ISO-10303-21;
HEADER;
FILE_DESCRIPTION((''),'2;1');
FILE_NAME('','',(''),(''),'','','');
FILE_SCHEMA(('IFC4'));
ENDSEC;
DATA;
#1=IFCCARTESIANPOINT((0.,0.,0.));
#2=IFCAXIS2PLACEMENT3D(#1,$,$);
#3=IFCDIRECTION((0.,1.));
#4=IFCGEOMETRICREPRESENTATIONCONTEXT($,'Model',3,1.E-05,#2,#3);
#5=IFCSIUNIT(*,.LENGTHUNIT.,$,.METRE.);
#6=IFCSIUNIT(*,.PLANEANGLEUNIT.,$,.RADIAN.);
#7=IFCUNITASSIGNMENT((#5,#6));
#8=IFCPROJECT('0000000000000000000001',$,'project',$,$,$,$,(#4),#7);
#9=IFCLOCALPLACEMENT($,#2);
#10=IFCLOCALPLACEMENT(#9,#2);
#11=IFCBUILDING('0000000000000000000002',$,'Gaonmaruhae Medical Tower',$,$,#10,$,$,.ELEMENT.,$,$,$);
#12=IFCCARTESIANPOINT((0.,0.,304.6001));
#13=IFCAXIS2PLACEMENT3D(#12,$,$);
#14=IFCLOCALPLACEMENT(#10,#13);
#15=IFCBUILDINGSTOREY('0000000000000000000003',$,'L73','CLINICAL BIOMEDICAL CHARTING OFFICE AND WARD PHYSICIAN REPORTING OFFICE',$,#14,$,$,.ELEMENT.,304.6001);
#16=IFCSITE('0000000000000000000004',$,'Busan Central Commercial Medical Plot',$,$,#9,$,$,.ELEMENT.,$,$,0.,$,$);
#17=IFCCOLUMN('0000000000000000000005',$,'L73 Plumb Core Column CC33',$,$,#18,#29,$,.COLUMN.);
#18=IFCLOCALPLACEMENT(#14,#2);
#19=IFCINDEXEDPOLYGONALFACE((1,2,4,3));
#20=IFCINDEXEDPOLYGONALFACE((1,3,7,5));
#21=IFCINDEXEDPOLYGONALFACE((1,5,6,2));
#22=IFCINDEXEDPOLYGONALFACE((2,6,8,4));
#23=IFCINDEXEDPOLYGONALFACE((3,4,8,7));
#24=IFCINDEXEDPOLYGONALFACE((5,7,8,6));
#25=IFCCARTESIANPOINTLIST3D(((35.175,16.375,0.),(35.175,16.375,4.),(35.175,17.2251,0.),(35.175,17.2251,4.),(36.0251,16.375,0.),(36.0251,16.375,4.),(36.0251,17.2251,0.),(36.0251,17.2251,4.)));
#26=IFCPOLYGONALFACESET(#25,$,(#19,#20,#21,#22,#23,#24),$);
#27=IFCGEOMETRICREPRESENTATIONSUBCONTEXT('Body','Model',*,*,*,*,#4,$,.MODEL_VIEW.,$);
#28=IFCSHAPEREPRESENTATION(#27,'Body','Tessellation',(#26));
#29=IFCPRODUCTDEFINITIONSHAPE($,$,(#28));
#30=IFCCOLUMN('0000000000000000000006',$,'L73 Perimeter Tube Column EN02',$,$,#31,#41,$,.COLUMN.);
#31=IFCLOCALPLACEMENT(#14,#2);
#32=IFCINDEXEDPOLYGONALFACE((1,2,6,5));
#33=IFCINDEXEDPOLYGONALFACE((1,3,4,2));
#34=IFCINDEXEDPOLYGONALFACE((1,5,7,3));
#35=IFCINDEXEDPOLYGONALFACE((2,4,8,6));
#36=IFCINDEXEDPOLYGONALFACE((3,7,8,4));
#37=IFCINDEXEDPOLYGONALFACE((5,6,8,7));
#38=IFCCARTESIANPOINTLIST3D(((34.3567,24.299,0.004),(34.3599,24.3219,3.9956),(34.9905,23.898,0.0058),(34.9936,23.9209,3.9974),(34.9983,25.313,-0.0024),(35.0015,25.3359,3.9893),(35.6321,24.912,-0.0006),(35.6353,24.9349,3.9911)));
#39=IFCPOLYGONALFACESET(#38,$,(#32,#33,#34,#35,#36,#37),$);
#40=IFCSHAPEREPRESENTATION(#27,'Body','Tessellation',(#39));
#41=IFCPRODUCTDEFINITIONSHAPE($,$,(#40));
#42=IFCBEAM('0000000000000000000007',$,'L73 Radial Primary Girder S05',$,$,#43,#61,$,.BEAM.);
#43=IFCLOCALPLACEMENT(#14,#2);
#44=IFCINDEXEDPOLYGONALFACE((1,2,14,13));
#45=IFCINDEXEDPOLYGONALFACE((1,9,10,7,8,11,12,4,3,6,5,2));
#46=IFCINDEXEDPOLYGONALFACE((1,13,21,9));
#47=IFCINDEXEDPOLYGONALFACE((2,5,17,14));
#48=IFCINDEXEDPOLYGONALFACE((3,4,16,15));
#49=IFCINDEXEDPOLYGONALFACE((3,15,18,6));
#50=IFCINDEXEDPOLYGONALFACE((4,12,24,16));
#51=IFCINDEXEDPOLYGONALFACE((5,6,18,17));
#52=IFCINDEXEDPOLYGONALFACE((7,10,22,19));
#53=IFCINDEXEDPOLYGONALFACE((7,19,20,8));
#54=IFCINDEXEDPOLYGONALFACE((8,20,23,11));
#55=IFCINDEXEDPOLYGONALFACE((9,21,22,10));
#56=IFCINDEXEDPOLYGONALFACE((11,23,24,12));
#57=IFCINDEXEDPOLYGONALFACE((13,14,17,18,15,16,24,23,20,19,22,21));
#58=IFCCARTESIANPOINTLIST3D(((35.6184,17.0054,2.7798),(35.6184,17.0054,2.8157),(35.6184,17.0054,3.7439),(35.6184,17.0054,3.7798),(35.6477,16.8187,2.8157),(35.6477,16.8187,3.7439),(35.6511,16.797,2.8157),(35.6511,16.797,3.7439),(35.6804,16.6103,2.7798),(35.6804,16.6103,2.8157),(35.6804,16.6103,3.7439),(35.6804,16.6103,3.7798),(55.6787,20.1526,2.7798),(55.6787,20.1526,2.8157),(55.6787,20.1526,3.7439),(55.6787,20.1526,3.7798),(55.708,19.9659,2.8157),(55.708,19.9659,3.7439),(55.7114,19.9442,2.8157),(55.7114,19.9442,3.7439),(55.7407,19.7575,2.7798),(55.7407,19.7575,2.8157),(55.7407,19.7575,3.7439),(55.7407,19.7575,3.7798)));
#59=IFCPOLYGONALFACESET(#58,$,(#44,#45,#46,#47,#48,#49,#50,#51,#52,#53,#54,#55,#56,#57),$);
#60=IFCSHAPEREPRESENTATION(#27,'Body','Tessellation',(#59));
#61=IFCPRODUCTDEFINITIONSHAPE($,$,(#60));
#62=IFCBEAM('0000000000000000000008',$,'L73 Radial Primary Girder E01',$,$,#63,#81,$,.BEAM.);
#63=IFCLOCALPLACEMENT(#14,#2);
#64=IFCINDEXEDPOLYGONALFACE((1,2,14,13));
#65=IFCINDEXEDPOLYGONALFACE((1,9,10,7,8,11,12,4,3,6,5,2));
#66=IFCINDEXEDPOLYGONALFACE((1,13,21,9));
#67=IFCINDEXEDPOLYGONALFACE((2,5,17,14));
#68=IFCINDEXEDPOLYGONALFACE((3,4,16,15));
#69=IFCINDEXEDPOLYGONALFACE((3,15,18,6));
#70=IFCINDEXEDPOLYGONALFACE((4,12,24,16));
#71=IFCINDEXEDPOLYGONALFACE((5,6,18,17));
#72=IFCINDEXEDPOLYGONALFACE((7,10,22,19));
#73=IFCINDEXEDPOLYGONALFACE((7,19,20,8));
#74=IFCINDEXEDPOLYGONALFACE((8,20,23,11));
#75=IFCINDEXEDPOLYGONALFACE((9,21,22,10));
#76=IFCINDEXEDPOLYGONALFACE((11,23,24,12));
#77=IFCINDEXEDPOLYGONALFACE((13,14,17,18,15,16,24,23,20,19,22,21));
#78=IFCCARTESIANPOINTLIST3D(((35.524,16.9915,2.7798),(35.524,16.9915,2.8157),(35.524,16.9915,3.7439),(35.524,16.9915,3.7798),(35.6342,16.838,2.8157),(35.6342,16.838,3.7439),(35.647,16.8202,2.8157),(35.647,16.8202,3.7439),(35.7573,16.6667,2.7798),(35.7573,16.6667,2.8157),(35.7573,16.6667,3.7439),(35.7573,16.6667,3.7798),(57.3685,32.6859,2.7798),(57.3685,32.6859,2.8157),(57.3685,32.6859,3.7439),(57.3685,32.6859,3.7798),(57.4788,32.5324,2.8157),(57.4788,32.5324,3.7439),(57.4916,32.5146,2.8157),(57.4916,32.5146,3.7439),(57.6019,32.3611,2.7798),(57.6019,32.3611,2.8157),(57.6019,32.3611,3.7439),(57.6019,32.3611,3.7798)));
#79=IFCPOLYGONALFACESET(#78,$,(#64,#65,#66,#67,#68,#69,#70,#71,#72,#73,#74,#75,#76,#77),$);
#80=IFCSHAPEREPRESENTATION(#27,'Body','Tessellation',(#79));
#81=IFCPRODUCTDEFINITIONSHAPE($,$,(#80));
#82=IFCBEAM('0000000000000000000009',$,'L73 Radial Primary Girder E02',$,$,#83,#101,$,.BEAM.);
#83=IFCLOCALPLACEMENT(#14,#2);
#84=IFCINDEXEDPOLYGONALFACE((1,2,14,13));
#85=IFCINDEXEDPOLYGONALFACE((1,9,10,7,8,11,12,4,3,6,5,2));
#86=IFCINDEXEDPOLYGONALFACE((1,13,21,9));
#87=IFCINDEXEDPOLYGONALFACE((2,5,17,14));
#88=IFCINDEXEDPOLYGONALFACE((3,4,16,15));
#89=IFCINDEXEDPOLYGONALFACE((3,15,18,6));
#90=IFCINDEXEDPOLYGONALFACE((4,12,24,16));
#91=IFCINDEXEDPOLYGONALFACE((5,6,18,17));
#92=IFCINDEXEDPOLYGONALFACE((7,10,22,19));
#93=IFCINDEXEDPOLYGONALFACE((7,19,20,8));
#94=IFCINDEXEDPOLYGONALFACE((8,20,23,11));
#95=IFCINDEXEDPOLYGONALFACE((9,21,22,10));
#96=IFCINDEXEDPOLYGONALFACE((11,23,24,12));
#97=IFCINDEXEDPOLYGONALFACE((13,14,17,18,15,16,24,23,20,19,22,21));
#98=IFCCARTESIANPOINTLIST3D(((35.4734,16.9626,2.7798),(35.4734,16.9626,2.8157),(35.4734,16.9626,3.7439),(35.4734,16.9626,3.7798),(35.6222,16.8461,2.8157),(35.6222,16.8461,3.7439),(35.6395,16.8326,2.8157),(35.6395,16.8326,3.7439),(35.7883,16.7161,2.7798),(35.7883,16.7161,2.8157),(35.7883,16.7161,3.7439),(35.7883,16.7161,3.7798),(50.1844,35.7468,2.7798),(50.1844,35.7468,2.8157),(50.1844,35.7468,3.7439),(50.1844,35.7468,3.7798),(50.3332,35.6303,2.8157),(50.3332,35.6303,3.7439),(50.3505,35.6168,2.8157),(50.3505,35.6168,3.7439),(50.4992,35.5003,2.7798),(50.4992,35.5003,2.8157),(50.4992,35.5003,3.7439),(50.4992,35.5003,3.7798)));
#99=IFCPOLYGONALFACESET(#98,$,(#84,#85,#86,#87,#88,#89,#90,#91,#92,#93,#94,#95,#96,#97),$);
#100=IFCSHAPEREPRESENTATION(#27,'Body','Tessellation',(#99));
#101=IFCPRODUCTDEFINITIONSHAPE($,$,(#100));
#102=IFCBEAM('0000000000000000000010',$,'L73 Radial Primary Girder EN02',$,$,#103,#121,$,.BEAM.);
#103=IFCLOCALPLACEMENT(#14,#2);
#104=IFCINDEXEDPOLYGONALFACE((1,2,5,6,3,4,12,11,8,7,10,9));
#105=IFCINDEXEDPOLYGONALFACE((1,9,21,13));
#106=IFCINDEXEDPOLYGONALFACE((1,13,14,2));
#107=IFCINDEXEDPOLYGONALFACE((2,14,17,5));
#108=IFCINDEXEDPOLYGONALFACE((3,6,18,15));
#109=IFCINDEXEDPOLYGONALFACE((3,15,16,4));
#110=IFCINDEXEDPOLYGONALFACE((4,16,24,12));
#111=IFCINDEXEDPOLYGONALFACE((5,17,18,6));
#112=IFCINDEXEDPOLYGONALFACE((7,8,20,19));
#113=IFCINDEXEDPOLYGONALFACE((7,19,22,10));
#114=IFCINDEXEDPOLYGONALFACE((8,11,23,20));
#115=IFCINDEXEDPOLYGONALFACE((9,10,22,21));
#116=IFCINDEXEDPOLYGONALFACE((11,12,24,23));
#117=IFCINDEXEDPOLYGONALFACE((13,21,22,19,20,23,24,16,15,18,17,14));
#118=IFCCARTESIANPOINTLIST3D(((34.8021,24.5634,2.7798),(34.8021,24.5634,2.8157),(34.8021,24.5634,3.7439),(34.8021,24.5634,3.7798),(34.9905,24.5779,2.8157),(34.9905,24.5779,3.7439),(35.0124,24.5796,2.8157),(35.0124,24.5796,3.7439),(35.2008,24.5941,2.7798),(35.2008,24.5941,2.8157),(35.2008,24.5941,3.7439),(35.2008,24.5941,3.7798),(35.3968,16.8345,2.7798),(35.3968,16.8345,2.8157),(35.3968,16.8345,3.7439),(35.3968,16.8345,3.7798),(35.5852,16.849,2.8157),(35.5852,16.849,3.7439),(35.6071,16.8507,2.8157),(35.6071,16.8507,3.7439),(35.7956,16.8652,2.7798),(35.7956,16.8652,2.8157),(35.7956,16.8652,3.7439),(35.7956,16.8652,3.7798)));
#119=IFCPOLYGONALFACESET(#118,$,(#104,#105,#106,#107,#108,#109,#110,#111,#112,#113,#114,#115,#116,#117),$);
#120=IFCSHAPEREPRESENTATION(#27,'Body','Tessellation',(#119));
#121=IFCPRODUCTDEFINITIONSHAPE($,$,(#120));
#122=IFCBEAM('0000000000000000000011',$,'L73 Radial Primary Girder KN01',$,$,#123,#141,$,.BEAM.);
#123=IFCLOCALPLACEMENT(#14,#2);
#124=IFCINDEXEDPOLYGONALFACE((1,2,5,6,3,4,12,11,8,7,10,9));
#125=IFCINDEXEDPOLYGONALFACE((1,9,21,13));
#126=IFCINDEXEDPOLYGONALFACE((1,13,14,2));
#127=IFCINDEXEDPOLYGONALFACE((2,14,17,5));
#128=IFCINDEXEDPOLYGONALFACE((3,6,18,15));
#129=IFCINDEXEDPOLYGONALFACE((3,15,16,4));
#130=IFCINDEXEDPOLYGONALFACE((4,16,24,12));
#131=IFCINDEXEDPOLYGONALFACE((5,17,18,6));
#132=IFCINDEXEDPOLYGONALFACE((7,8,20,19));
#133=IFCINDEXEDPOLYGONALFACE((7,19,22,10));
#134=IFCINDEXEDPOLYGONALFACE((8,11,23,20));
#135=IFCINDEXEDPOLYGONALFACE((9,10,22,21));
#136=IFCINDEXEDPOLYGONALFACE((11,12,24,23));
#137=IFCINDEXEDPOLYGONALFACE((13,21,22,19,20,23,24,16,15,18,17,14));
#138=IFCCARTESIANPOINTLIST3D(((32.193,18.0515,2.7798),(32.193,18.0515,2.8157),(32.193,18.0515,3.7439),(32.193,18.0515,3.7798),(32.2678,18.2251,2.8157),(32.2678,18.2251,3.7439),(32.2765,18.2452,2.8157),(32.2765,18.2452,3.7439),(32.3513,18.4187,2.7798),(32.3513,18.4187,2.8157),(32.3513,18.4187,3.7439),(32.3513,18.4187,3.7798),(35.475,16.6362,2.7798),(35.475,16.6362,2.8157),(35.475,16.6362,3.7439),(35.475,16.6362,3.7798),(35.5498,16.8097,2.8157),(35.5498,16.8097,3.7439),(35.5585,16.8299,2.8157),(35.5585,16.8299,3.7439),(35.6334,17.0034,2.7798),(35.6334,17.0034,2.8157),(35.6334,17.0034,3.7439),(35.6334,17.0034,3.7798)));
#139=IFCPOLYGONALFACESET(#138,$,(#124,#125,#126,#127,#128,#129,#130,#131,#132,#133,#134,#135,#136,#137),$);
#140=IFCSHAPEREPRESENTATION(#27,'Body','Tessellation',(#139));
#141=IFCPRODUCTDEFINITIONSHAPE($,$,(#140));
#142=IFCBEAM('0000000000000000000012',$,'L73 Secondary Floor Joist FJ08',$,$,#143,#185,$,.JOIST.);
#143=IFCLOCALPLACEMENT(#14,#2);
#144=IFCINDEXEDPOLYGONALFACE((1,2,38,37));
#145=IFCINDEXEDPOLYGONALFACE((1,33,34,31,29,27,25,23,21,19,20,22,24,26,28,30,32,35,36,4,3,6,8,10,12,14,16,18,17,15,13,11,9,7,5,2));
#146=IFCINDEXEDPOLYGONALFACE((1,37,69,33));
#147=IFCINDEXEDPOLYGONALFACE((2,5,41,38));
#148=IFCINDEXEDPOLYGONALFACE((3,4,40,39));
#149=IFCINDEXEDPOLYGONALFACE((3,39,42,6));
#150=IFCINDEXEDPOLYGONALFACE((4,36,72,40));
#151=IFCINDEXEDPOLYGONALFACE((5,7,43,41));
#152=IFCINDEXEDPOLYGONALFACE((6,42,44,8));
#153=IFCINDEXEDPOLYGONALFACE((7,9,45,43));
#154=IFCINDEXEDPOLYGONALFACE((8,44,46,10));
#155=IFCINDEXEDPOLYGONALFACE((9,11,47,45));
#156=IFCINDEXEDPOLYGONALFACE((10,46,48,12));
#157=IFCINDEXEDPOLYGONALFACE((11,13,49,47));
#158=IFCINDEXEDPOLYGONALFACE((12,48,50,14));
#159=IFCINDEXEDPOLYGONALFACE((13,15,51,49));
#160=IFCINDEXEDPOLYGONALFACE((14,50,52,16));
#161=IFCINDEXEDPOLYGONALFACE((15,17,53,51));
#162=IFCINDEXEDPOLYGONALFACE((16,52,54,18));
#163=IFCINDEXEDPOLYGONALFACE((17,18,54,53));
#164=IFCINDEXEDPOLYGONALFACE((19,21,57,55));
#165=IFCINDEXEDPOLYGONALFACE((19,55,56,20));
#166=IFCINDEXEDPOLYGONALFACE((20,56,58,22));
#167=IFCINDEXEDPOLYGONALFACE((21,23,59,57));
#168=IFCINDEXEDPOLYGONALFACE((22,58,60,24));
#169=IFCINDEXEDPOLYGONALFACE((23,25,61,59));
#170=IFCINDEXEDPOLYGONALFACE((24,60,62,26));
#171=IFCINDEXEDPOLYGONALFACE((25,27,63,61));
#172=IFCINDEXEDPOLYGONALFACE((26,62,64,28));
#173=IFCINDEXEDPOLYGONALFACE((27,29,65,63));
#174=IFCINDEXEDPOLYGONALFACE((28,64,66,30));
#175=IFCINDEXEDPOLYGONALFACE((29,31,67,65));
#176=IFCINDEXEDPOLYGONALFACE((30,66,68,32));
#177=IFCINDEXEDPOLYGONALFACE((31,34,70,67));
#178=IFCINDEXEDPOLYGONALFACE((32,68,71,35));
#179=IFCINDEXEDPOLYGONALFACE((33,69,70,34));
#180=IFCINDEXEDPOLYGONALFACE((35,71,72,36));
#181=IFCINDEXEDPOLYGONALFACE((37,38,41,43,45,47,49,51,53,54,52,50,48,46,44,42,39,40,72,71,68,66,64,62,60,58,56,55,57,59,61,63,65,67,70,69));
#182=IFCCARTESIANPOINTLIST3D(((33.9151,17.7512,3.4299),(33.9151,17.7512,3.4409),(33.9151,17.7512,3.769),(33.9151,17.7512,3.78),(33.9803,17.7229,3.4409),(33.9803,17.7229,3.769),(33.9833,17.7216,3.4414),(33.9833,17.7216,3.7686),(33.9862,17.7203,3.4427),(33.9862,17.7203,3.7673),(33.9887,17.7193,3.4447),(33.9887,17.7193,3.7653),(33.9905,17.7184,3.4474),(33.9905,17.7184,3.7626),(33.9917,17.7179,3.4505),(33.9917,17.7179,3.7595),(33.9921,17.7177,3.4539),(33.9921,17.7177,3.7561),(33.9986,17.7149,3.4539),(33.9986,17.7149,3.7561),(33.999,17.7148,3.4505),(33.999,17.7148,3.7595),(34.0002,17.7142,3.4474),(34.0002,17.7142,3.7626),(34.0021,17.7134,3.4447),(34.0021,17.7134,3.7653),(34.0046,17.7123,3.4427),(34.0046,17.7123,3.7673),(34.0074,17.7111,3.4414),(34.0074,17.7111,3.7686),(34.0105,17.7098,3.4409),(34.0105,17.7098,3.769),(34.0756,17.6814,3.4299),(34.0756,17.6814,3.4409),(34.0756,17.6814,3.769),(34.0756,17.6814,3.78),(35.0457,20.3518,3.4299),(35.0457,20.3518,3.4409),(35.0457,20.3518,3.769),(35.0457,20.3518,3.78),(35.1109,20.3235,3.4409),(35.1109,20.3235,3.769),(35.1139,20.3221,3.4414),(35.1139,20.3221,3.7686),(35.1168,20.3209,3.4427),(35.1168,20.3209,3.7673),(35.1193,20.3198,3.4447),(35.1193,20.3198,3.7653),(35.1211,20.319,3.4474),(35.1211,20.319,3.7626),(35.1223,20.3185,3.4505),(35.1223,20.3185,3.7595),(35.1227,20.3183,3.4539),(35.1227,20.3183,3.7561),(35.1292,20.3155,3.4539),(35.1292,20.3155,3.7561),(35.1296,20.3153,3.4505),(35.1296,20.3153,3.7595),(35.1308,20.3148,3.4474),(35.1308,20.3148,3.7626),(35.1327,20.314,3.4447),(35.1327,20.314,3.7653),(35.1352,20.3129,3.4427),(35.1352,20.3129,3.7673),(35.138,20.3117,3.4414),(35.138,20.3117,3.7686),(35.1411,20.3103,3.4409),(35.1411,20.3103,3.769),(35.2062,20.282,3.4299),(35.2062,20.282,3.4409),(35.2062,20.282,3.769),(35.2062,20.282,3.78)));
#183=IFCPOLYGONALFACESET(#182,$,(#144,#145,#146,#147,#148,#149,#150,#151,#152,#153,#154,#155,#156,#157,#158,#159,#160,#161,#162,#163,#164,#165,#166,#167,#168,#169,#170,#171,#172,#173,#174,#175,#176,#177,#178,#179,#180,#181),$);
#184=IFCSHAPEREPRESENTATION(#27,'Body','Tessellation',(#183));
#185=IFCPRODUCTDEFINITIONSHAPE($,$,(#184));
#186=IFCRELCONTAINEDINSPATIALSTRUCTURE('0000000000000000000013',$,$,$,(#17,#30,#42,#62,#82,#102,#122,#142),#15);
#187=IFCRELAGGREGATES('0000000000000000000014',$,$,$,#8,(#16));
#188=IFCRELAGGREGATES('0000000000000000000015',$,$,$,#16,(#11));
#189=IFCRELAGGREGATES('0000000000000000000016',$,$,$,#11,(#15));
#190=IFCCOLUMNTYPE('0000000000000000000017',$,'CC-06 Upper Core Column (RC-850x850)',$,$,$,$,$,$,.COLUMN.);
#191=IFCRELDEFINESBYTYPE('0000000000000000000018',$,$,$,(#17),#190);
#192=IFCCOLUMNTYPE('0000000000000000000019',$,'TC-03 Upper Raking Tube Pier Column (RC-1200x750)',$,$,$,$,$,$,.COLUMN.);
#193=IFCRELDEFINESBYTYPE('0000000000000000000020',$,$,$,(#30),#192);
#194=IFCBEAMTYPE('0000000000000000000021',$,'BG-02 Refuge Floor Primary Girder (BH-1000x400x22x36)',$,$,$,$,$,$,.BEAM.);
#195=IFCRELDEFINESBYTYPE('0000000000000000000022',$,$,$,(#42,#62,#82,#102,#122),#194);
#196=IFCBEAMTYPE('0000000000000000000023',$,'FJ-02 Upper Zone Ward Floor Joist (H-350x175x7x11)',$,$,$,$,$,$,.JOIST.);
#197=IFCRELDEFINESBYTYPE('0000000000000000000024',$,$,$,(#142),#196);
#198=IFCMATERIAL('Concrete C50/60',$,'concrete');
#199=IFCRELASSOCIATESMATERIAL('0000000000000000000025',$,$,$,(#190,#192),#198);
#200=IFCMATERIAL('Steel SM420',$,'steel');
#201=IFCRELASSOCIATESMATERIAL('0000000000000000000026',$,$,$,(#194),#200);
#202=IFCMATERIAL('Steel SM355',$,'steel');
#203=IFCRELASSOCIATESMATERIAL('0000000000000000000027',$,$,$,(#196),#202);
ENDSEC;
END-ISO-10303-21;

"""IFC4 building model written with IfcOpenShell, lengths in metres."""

from ifc_helpers import new_model, si_unit, direction, frame, origin, origin_2d, place, context, subcontext, project, spatial, rectangle, i_section, extrude, material, material_profile, profile_set, type_object, element, save


model = new_model("IFC4")

# Units and contexts
model_context = context("Model", 3, precision=1e-05, world=origin(), true_north=direction((0.0, 1.0)))
body_context = subcontext(model_context, "Body", "Model", "MODEL_VIEW")
ifc_project = project(units=[si_unit("LENGTHUNIT", "METRE"), si_unit("PLANEANGLEUNIT", "RADIAN")], contexts=[model_context])

# Site, building, storey
site_placement = place(None, origin())
site = spatial("IfcSite", under=ifc_project, at=site_placement, Name="Busan Central Commercial Medical Plot", CompositionType="ELEMENT", RefElevation=0.0)
building_placement = place(site_placement, origin())
building = spatial("IfcBuilding", under=site, at=building_placement, Name="Gaonmaruhae Medical Tower", CompositionType="ELEMENT")
storey_placement = place(building_placement, frame((0.0, 0.0, 304.6001)))
storey = spatial("IfcBuildingStorey", under=building, at=storey_placement, Name="L73", Description="CLINICAL BIOMEDICAL CHARTING OFFICE AND WARD PHYSICIAN REPORTING OFFICE", CompositionType="ELEMENT", Elevation=304.6001)

# Columns
ifc_material_1 = material(Name="Concrete C50/60", Category="concrete")
ifc_material_profile_1 = material_profile(ifc_material_1, rectangle(XDim=0.8501, YDim=0.8501, at=origin_2d()), Name="RC-850x850")
ifc_profile_set_1 = profile_set([ifc_material_profile_1], Name="Concrete C50/60")
column_type_1 = type_object("IfcColumnType", Name="CC-06 Upper Core Column (RC-850x850)", PredefinedType="COLUMN", material=ifc_profile_set_1)
column_1_placement = place(storey_placement, frame((35.6001, 16.8, 0.0), z_axis=(0.0, 0.0, 1.0), x_axis=(1.0, 0.0, 0.0)))
element("IfcColumn", 1, at=column_1_placement, inside=storey, type_object=column_type_1, Name="L73 Plumb Core Column CC33", PredefinedType="COLUMN", context=body_context, shape_type="SweptSolid", body=[
    extrude(rectangle(XDim=0.8501, YDim=0.8501, at=origin_2d()), origin(), (0.0, 0.0, 1.0), 4.0),
])
ifc_material_profile_2 = material_profile(ifc_material_1, rectangle(XDim=1.2, YDim=0.75, at=origin_2d()), Name="RC-1200x750")
ifc_profile_set_2 = profile_set([ifc_material_profile_2], Name="Concrete C50/60")
column_type_2 = type_object("IfcColumnType", Name="TC-03 Upper Raking Tube Pier Column (RC-1200x750)", PredefinedType="COLUMN", material=ifc_profile_set_2)
column_2_placement = place(storey_placement, frame((34.9944, 24.6055, 0.0017), z_axis=(0.000795, 0.005749, 0.999983), x_axis=(-0.534703, -0.845023, 0.005283)))
element("IfcColumn", 2, at=column_2_placement, inside=storey, type_object=column_type_2, Name="L73 Perimeter Tube Column EN02", PredefinedType="COLUMN", context=body_context, shape_type="SweptSolid", body=[
    extrude(rectangle(XDim=1.2, YDim=0.75, at=origin_2d()), origin(), (0.0, 0.0, 1.0), 3.9917),
])

# Beams
ifc_material_2 = material(Name="Steel SM420", Category="steel")
ifc_material_profile_3 = material_profile(ifc_material_2, i_section(OverallWidth=0.3999, OverallDepth=1.0, WebThickness=0.022, FlangeThickness=0.0359, at=origin_2d()), Name="BH-1000x400x22x36")
ifc_profile_set_3 = profile_set([ifc_material_profile_3], Name="Steel SM420")
beam_type_1 = type_object("IfcBeamType", Name="BG-02 Refuge Floor Primary Girder (BH-1000x400x22x36)", PredefinedType="BEAM", material=ifc_profile_set_3)
beam_1_placement = place(storey_placement, frame((35.6494, 16.8079, 3.2798), z_axis=(0.987916, 0.154992, 0.0), x_axis=(-0.154992, 0.987916, 0.0)))
element("IfcBeam", 3, at=beam_1_placement, inside=storey, type_object=beam_type_1, Name="L73 Radial Primary Girder S05", PredefinedType="BEAM", context=body_context, shape_type="SweptSolid", body=[
    extrude(i_section(OverallWidth=0.3999, OverallDepth=1.0, WebThickness=0.022, FlangeThickness=0.0359, at=origin_2d()), origin(), (0.0, 0.0, 1.0), 20.3057),
])
beam_2_placement = place(storey_placement, frame((35.6406, 16.8291, 3.2798), z_axis=(0.812128, 0.583479, 0.0), x_axis=(-0.583479, 0.812128, 0.0)))
element("IfcBeam", 4, at=beam_2_placement, inside=storey, type_object=beam_type_1, Name="L73 Radial Primary Girder E01", PredefinedType="BEAM", context=body_context, shape_type="SweptSolid", body=[
    extrude(i_section(OverallWidth=0.3999, OverallDepth=1.0, WebThickness=0.022, FlangeThickness=0.0359, at=origin_2d()), origin(), (0.0, 0.0, 1.0), 26.8979),
])
beam_3_placement = place(storey_placement, frame((35.6309, 16.8394, 3.2798), z_axis=(0.616575, 0.787296, 0.0), x_axis=(-0.787296, 0.616575, 0.0)))
element("IfcBeam", 5, at=beam_3_placement, inside=storey, type_object=beam_type_1, Name="L73 Radial Primary Girder E02", PredefinedType="BEAM", context=body_context, shape_type="SweptSolid", body=[
    extrude(i_section(OverallWidth=0.3999, OverallDepth=1.0, WebThickness=0.022, FlangeThickness=0.0359, at=origin_2d()), origin(), (0.0, 0.0, 1.0), 23.8591),
])
beam_4_placement = place(storey_placement, frame((35.5962, 16.8499, 3.2798), z_axis=(-0.076723, 0.997052, 0.0), x_axis=(-0.997052, -0.076723, 0.0)))
element("IfcBeam", 6, at=beam_4_placement, inside=storey, type_object=beam_type_1, Name="L73 Radial Primary Girder EN02", PredefinedType="BEAM", context=body_context, shape_type="SweptSolid", body=[
    extrude(i_section(OverallWidth=0.3999, OverallDepth=1.0, WebThickness=0.022, FlangeThickness=0.0359, at=origin_2d()), origin(), (0.0, 0.0, 1.0), 7.7517),
])
beam_5_placement = place(storey_placement, frame((35.5542, 16.8198, 3.2798), z_axis=(-0.918259, 0.395979, 0.0), x_axis=(-0.395979, -0.918259, 0.0)))
element("IfcBeam", 7, at=beam_5_placement, inside=storey, type_object=beam_type_1, Name="L73 Radial Primary Girder KN01", PredefinedType="BEAM", context=body_context, shape_type="SweptSolid", body=[
    extrude(i_section(OverallWidth=0.3999, OverallDepth=1.0, WebThickness=0.022, FlangeThickness=0.0359, at=origin_2d()), origin(), (0.0, 0.0, 1.0), 3.5742),
])
ifc_material_3 = material(Name="Steel SM355", Category="steel")
ifc_material_profile_4 = material_profile(ifc_material_3, i_section(OverallWidth=0.175, OverallDepth=0.3501, WebThickness=0.0071, FlangeThickness=0.011, FilletRadius=0.0129, at=origin_2d()), Name="H-350x175x7x11")
ifc_profile_set_4 = profile_set([ifc_material_profile_4], Name="Steel SM355")
beam_type_2 = type_object("IfcBeamType", Name="FJ-02 Upper Zone Ward Floor Joist (H-350x175x7x11)", PredefinedType="JOIST", material=ifc_profile_set_4)
beam_6_placement = place(storey_placement, frame((35.126, 20.3169, 3.605), z_axis=(-0.398704, -0.91708, 0.0), x_axis=(0.91708, -0.398704, 0.0)))
element("IfcBeam", 8, at=beam_6_placement, inside=storey, type_object=beam_type_2, Name="L73 Secondary Floor Joist FJ08", PredefinedType="JOIST", context=body_context, shape_type="SweptSolid", body=[
    extrude(i_section(OverallWidth=0.175, OverallDepth=0.3501, WebThickness=0.0071, FlangeThickness=0.011, FilletRadius=0.0129, at=origin_2d()), origin(), (0.0, 0.0, 1.0), 2.8357),
])

save(model, "model.ifc")
